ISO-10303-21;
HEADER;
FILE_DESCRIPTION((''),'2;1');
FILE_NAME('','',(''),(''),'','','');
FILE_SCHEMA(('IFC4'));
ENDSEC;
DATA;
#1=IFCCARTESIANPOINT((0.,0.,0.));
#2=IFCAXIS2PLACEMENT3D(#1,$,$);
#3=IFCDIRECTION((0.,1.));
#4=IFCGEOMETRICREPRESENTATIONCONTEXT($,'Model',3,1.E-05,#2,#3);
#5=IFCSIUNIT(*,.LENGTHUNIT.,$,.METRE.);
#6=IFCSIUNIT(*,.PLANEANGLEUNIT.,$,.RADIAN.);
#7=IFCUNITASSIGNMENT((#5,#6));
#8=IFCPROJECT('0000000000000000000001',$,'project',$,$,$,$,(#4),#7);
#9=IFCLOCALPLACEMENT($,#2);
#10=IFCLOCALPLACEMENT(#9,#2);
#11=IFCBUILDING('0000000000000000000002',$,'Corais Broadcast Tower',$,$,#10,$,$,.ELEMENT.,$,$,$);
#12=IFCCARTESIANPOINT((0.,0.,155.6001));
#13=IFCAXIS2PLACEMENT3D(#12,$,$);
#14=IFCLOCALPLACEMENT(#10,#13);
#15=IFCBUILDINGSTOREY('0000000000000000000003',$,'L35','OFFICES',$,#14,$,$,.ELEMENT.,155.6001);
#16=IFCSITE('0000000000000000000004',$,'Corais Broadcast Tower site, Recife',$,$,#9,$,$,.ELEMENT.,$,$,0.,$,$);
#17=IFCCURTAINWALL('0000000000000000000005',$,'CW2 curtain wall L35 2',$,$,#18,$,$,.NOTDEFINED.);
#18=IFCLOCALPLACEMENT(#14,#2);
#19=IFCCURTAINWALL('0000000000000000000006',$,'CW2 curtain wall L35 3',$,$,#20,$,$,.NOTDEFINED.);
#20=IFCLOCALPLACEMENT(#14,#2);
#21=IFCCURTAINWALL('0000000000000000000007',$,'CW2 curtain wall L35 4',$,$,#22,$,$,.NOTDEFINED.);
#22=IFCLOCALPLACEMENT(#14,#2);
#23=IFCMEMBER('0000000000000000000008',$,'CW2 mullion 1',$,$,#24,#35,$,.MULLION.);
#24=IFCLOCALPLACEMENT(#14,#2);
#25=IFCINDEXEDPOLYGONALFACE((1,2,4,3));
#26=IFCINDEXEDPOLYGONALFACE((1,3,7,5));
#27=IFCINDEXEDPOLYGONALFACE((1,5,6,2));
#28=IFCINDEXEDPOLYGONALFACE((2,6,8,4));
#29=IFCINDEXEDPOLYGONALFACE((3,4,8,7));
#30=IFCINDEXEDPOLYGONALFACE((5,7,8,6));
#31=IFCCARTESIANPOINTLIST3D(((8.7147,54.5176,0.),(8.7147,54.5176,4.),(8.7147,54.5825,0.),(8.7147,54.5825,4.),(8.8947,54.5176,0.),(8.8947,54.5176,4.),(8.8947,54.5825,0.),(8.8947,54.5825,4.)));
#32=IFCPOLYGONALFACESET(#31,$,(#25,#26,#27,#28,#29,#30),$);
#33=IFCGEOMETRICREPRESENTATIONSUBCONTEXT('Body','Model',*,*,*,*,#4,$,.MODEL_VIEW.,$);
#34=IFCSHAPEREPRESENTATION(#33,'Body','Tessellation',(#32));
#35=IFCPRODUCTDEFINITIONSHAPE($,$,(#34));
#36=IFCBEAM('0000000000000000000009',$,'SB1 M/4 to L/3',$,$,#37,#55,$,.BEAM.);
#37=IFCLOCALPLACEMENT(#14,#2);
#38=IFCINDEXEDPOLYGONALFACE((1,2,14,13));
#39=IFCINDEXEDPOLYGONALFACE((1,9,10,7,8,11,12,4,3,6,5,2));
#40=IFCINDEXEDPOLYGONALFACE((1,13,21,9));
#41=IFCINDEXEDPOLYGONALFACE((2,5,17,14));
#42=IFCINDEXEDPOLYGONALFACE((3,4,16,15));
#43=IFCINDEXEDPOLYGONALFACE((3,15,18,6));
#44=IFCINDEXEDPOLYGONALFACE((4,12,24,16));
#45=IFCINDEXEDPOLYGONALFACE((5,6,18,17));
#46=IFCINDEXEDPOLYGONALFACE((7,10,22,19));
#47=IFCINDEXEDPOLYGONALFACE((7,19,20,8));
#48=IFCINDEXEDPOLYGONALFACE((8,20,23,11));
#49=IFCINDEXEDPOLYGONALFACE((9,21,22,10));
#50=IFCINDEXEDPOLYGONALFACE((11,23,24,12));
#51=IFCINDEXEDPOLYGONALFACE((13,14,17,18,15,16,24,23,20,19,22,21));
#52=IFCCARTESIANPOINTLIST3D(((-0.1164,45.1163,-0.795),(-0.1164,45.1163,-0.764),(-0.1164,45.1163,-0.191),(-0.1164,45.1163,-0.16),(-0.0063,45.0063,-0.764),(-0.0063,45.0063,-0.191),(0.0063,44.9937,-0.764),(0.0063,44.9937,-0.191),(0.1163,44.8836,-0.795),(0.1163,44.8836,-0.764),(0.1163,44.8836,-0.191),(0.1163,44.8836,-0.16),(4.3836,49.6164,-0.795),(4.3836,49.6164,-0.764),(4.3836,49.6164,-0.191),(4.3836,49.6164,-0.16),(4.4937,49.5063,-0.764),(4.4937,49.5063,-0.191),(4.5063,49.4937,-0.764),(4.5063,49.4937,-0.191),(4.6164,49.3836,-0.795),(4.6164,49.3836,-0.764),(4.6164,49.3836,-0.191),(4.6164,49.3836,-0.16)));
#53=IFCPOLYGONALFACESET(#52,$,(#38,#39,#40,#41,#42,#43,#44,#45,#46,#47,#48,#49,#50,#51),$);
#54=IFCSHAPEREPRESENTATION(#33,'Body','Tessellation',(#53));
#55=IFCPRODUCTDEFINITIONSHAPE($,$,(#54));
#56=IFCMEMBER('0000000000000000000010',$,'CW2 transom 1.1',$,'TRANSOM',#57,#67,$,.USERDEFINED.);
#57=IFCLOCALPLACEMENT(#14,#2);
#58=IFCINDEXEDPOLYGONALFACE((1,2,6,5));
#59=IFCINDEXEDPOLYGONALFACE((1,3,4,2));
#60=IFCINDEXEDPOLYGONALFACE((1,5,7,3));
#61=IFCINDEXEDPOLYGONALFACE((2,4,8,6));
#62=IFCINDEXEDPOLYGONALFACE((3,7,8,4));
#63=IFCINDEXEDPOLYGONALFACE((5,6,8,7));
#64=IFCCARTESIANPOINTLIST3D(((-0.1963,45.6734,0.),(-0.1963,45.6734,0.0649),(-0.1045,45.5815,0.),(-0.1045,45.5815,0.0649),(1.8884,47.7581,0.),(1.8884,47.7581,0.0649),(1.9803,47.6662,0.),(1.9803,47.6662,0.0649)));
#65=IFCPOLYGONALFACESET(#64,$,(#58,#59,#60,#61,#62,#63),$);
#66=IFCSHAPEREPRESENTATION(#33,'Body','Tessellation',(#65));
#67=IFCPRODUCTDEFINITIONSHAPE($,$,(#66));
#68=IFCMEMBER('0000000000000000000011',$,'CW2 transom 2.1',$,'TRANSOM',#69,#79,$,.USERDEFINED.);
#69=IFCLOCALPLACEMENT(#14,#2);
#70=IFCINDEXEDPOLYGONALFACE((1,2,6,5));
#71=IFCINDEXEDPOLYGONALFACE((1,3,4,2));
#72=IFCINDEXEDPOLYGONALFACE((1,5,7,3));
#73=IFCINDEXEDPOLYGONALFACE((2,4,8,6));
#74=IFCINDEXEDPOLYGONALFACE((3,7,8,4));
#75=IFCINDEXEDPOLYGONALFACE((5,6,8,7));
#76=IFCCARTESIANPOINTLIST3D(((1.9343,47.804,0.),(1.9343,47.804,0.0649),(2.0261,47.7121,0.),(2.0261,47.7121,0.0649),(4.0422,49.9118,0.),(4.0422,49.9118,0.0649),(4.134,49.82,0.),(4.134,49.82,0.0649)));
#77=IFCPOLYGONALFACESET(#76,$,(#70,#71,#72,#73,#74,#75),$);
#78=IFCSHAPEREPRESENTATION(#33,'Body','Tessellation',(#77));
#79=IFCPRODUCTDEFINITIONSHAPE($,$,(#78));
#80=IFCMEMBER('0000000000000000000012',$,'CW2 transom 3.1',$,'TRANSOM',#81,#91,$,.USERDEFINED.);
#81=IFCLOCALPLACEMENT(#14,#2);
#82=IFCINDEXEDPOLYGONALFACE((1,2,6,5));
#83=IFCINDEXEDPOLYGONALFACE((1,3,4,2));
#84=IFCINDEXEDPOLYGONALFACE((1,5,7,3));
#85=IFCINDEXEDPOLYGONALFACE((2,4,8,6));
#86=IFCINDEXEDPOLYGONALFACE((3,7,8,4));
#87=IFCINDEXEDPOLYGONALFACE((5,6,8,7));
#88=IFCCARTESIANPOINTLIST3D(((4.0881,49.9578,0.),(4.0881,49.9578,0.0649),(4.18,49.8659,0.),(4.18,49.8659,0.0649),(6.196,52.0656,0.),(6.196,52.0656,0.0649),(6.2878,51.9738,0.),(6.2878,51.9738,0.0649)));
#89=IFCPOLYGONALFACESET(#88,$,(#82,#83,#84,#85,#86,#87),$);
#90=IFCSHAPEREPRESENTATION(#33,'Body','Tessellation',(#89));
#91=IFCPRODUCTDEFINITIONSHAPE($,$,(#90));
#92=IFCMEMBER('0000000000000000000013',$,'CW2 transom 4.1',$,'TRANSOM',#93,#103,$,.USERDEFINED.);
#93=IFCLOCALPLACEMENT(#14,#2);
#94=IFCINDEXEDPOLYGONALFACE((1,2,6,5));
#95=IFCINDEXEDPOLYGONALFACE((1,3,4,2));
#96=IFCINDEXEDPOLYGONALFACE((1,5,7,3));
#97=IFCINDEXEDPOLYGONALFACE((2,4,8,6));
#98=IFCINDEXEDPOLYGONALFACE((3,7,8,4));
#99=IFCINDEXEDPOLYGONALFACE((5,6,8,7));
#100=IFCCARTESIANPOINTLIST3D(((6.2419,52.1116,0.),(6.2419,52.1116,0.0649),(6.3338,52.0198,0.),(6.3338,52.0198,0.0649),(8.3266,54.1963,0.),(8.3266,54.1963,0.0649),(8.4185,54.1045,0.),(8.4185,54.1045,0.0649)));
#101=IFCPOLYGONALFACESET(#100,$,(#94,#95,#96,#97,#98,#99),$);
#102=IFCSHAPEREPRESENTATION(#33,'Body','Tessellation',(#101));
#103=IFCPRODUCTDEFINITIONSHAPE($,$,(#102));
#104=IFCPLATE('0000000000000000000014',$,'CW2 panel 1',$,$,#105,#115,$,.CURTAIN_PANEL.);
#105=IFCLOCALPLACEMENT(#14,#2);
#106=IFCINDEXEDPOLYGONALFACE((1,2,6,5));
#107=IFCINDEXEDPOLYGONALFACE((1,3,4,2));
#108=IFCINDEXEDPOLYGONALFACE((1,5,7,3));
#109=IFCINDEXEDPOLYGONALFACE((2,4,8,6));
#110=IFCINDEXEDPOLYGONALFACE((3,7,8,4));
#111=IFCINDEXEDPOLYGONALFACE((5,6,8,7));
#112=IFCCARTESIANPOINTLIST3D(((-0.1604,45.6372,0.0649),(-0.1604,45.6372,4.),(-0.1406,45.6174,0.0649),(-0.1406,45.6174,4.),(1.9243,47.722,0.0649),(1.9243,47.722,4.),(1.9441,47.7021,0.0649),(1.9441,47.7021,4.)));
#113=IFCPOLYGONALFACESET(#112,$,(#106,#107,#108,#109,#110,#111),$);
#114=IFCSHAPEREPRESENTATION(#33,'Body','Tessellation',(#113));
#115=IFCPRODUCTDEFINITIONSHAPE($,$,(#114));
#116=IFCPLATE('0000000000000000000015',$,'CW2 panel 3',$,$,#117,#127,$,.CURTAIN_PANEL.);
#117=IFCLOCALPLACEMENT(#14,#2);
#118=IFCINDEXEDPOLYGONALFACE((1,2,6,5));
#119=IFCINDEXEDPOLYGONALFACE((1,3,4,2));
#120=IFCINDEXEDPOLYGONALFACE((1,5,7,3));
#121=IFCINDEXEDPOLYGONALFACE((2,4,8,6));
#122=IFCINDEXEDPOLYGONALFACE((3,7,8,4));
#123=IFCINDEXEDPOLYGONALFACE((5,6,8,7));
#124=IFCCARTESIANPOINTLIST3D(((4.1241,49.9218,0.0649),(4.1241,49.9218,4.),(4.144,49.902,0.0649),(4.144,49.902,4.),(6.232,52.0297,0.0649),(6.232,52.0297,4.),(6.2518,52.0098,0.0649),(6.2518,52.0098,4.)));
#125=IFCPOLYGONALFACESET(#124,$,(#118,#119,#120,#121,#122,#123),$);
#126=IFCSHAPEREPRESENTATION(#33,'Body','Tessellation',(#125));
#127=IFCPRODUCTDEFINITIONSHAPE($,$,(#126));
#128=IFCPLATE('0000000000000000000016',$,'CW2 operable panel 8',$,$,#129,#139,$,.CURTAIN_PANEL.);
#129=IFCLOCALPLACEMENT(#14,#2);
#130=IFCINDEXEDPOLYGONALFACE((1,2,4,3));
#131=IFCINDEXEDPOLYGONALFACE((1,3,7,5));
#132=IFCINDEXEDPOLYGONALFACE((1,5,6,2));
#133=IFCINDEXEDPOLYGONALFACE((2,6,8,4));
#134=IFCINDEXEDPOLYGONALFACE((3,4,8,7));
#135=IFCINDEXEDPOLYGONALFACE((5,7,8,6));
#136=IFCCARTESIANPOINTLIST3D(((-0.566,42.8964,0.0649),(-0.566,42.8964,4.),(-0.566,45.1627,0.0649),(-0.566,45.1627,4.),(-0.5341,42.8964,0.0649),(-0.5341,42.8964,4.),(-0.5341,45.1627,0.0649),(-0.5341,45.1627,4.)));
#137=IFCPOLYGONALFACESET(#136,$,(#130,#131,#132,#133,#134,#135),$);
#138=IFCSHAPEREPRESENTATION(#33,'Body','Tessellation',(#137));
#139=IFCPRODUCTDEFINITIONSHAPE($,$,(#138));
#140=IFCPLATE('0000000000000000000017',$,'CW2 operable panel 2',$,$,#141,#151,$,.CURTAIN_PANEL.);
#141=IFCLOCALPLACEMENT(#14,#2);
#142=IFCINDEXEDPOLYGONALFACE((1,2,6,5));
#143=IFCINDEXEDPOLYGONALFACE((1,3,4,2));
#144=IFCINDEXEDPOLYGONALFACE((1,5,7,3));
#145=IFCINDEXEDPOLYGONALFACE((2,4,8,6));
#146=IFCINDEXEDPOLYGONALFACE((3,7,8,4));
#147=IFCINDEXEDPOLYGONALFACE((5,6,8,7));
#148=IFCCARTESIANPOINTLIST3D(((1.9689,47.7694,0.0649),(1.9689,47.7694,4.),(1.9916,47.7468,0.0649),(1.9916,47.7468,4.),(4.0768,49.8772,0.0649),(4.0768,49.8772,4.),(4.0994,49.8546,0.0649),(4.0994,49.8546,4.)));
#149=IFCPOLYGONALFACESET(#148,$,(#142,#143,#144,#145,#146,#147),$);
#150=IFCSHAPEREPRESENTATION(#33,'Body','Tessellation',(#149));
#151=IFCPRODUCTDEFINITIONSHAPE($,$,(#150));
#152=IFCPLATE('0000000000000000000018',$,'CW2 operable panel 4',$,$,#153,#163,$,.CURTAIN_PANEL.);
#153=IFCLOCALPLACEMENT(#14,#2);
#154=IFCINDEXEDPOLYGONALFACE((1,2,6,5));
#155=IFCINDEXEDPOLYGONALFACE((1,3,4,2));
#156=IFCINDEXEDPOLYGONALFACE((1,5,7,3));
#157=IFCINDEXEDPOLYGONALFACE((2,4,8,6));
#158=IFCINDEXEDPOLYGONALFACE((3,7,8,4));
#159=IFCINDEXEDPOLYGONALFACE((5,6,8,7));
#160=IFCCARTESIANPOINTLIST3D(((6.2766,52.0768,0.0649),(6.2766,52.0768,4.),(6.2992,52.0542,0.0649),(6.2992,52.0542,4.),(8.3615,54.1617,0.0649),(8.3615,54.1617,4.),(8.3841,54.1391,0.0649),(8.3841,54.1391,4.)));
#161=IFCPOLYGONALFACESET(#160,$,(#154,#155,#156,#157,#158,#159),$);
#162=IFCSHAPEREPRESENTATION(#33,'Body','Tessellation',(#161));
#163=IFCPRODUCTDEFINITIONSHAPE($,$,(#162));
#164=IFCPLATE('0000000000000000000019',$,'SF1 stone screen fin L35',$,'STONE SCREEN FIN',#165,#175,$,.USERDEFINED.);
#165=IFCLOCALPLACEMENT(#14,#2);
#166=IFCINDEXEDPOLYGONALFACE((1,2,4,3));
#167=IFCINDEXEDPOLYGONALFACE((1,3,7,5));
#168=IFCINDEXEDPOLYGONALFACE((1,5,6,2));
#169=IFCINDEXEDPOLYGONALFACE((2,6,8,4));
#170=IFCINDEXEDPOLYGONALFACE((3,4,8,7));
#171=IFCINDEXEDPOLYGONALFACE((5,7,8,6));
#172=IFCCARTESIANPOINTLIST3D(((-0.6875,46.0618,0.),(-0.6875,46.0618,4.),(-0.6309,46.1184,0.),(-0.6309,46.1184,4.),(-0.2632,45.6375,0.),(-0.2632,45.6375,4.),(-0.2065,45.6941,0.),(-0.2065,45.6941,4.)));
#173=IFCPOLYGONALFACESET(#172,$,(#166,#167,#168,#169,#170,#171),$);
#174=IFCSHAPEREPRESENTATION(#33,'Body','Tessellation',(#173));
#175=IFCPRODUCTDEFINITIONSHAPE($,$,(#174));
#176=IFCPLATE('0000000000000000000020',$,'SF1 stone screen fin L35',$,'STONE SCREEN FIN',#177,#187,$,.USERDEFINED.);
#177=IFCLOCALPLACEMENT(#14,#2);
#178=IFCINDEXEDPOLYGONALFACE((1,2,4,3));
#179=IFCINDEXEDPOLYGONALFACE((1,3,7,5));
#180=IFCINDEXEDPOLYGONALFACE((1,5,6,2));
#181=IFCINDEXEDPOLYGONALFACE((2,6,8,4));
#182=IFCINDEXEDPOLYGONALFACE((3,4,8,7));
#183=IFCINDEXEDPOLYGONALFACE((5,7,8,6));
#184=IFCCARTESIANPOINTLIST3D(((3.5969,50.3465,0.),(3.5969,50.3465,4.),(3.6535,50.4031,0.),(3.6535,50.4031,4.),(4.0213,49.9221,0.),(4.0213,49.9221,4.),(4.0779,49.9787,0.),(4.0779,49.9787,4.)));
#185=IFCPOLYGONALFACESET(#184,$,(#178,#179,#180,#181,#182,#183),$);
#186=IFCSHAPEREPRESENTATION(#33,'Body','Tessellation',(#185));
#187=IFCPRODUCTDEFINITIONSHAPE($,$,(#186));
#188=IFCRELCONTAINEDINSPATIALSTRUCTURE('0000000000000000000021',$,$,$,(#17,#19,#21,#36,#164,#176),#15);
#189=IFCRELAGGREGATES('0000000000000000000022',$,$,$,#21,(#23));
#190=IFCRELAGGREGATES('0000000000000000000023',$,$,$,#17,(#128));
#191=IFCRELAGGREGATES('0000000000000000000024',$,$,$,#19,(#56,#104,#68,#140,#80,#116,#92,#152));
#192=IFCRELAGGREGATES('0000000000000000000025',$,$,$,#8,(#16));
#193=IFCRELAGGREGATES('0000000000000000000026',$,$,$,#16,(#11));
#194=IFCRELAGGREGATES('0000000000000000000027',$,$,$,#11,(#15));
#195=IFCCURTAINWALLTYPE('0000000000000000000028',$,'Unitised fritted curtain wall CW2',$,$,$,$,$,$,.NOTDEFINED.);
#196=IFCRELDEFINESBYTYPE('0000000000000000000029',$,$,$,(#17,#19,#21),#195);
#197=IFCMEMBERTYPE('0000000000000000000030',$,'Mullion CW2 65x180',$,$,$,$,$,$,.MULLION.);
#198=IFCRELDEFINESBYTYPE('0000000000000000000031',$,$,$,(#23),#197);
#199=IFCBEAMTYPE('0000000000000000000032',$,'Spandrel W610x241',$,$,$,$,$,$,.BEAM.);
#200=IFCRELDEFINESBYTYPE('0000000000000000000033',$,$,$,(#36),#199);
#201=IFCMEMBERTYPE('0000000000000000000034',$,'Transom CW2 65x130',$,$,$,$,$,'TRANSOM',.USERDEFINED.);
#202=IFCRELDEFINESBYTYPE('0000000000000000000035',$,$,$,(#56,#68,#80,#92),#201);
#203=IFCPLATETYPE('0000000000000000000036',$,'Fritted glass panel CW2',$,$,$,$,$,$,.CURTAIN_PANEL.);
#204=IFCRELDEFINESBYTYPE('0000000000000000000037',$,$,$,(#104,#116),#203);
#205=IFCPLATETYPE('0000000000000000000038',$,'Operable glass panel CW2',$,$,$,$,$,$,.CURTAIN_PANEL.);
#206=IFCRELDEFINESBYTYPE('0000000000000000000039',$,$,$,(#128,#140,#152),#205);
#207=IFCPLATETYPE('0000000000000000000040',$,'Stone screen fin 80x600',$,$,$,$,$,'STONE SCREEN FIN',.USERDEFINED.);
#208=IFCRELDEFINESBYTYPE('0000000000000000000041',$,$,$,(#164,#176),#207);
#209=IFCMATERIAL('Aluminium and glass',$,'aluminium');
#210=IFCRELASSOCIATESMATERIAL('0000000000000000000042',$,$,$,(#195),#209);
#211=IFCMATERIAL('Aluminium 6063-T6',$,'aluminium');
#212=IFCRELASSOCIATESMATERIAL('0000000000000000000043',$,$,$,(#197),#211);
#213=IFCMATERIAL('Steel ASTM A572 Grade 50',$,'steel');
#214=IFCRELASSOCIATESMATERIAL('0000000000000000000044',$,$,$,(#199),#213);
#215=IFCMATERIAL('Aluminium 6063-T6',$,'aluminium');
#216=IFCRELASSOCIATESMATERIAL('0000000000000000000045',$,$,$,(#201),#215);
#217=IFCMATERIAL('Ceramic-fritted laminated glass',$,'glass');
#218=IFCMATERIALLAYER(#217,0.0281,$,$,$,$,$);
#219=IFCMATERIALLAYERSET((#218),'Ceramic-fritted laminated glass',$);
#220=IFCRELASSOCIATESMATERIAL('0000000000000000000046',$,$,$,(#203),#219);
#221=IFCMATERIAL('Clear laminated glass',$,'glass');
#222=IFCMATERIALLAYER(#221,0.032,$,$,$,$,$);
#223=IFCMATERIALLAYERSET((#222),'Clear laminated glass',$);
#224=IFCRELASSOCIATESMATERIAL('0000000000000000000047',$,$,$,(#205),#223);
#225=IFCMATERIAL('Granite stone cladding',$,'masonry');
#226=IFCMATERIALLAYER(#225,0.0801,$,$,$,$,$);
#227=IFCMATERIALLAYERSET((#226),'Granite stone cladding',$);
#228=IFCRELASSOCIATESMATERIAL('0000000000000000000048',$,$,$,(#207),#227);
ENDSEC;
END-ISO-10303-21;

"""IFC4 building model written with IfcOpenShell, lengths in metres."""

from ifc_helpers import new_model, si_unit, direction, frame, origin, origin_2d, place, context, subcontext, project, spatial, rectangle, i_section, extrude, material, layer, layer_set, material_profile, profile_set, type_object, element, aggregate, save


model = new_model("IFC4")

# Units and contexts
model_context = context("Model", 3, precision=1e-05, world=origin(), true_north=direction((0.0, 1.0)))
body_context = subcontext(model_context, "Body", "Model", "MODEL_VIEW")
ifc_project = project(units=[si_unit("LENGTHUNIT", "METRE"), si_unit("PLANEANGLEUNIT", "RADIAN")], contexts=[model_context])

# Site, building, storey
site_placement = place(None, origin())
site = spatial("IfcSite", under=ifc_project, at=site_placement, Name="Corais Broadcast Tower site, Recife", CompositionType="ELEMENT", RefElevation=0.0)
building_placement = place(site_placement, origin())
building = spatial("IfcBuilding", under=site, at=building_placement, Name="Corais Broadcast Tower", CompositionType="ELEMENT")
storey_placement = place(building_placement, frame((0.0, 0.0, 155.6001)))
storey = spatial("IfcBuildingStorey", under=building, at=storey_placement, Name="L35", Description="OFFICES", CompositionType="ELEMENT", Elevation=155.6001)

# Curtain wall
ifc_material_1 = material(Name="Aluminium and glass", Category="aluminium")
curtain_wall_type = type_object("IfcCurtainWallType", Name="Unitised fritted curtain wall CW2", PredefinedType="NOTDEFINED", material=ifc_material_1)
curtain_wall_1_placement = place(storey_placement, origin())
curtain_wall_1 = element("IfcCurtainWall", 1, at=curtain_wall_1_placement, inside=storey, type_object=curtain_wall_type, Name="CW2 curtain wall L35 2", PredefinedType="NOTDEFINED")
ifc_material_2 = material(Name="Aluminium 6063-T6", Category="aluminium")
ifc_material_profile_1 = material_profile(ifc_material_2, rectangle(XDim=0.0649, YDim=0.1799, at=origin_2d()), Name="Mullion CW2 65x180")
ifc_profile_set_1 = profile_set([ifc_material_profile_1], Name="Aluminium 6063-T6")
member_type_1 = type_object("IfcMemberType", Name="Mullion CW2 65x180", PredefinedType="MULLION", material=ifc_profile_set_1)

# Curtain wall
curtain_wall_2_placement = place(storey_placement, origin())
curtain_wall_2 = element("IfcCurtainWall", 2, at=curtain_wall_2_placement, inside=storey, type_object=curtain_wall_type, Name="CW2 curtain wall L35 3", PredefinedType="NOTDEFINED")

# Curtain wall, member
curtain_wall_3_placement = place(storey_placement, origin())
curtain_wall_3 = element("IfcCurtainWall", 3, at=curtain_wall_3_placement, inside=storey, type_object=curtain_wall_type, Name="CW2 curtain wall L35 4", PredefinedType="NOTDEFINED")
member_1_placement = place(storey_placement, frame((8.8047, 54.55, 0.0), z_axis=(0.0, 0.0, 1.0), x_axis=(0.0, 1.0, 0.0)))
member_1 = element("IfcMember", 4, at=member_1_placement, type_object=member_type_1, Name="CW2 mullion 1", PredefinedType="MULLION", context=body_context, shape_type="SweptSolid", body=[
    extrude(rectangle(XDim=0.0649, YDim=0.1799, at=origin_2d()), origin(), (0.0, 0.0, 1.0), 4.0),
])
aggregate(curtain_wall_3, [member_1])

# Beam
ifc_material_3 = material(Name="Steel ASTM A572 Grade 50", Category="steel")
ifc_material_profile_2 = material_profile(ifc_material_3, i_section(OverallWidth=0.3291, OverallDepth=0.635, WebThickness=0.0178, FlangeThickness=0.031, at=origin_2d()), Name="W610x241")
ifc_profile_set_2 = profile_set([ifc_material_profile_2], Name="Steel ASTM A572 Grade 50")
beam_type_1 = type_object("IfcBeamType", Name="Spandrel W610x241", PredefinedType="BEAM", material=ifc_profile_set_2)
beam_1_placement = place(storey_placement, frame((4.5, 49.5, -0.4775), z_axis=(-0.707107, -0.707107, 0.0), x_axis=(0.707107, -0.707107, 0.0)))
element("IfcBeam", 5, at=beam_1_placement, inside=storey, type_object=beam_type_1, Name="SB1 M/4 to L/3", PredefinedType="BEAM", context=body_context, shape_type="SweptSolid", body=[
    extrude(i_section(OverallWidth=0.3291, OverallDepth=0.635, WebThickness=0.0178, FlangeThickness=0.031, at=origin_2d()), origin(), (0.0, 0.0, 1.0), 6.364),
])

# Members
ifc_material_4 = material(Name="Aluminium 6063-T6", Category="aluminium")
ifc_material_profile_3 = material_profile(ifc_material_4, rectangle(XDim=0.1299, YDim=0.0649, at=origin_2d()), Name="Transom CW2 65x130")
ifc_profile_set_3 = profile_set([ifc_material_profile_3], Name="Aluminium 6063-T6")
member_type_2 = type_object("IfcMemberType", Name="Transom CW2 65x130", ElementType="TRANSOM", PredefinedType="USERDEFINED", material=ifc_profile_set_3)
member_2_placement = place(storey_placement, frame((-0.1504, 45.6274, 0.0325), z_axis=(0.707107, 0.707107, 0.0), x_axis=(-0.707107, 0.707107, 0.0)))
member_2 = element("IfcMember", 6, at=member_2_placement, type_object=member_type_2, Name="CW2 transom 1.1", ObjectType="TRANSOM", PredefinedType="USERDEFINED", context=body_context, shape_type="SweptSolid", body=[
    extrude(rectangle(XDim=0.1299, YDim=0.0649, at=origin_2d()), origin(), (0.0, 0.0, 1.0), 2.9482),
])
member_3_placement = place(storey_placement, frame((1.9802, 47.7581, 0.0325), z_axis=(0.707107, 0.707107, 0.0), x_axis=(-0.707107, 0.707107, 0.0)))
member_3 = element("IfcMember", 7, at=member_3_placement, type_object=member_type_2, Name="CW2 transom 2.1", ObjectType="TRANSOM", PredefinedType="USERDEFINED", context=body_context, shape_type="SweptSolid", body=[
    extrude(rectangle(XDim=0.1299, YDim=0.0649, at=origin_2d()), origin(), (0.0, 0.0, 1.0), 2.981),
])
member_4_placement = place(storey_placement, frame((4.134, 49.9119, 0.0325), z_axis=(0.707107, 0.707107, 0.0), x_axis=(-0.707107, 0.707107, 0.0)))
member_4 = element("IfcMember", 8, at=member_4_placement, type_object=member_type_2, Name="CW2 transom 3.1", ObjectType="TRANSOM", PredefinedType="USERDEFINED", context=body_context, shape_type="SweptSolid", body=[
    extrude(rectangle(XDim=0.1299, YDim=0.0649, at=origin_2d()), origin(), (0.0, 0.0, 1.0), 2.981),
])
member_5_placement = place(storey_placement, frame((6.2878, 52.0657, 0.0325), z_axis=(0.707107, 0.707107, 0.0), x_axis=(-0.707107, 0.707107, 0.0)))
member_5 = element("IfcMember", 9, at=member_5_placement, type_object=member_type_2, Name="CW2 transom 4.1", ObjectType="TRANSOM", PredefinedType="USERDEFINED", context=body_context, shape_type="SweptSolid", body=[
    extrude(rectangle(XDim=0.1299, YDim=0.0649, at=origin_2d()), origin(), (0.0, 0.0, 1.0), 2.9482),
])

# Plates
ifc_material_5 = material(Name="Ceramic-fritted laminated glass", Category="glass")
ifc_layer_1 = layer(ifc_material_5, 0.0281)
ifc_layer_set_1 = layer_set([ifc_layer_1], Name="Ceramic-fritted laminated glass")
plate_type_1 = type_object("IfcPlateType", Name="Fritted glass panel CW2", PredefinedType="CURTAIN_PANEL", material=ifc_layer_set_1)
plate_1_placement = place(storey_placement, frame((0.8918, 46.6697, 0.0649), z_axis=(0.0, 0.0, 1.0), x_axis=(0.707107, 0.707107, 0.0)))
plate_1 = element("IfcPlate", 10, at=plate_1_placement, type_object=plate_type_1, Name="CW2 panel 1", PredefinedType="CURTAIN_PANEL", context=body_context, shape_type="SweptSolid", body=[
    extrude(rectangle(XDim=2.9482, YDim=0.0281, at=origin_2d()), origin(), (0.0, 0.0, 1.0), 3.9351),
])
plate_2_placement = place(storey_placement, frame((5.188, 50.9658, 0.0649), z_axis=(0.0, 0.0, 1.0), x_axis=(0.707107, 0.707107, 0.0)))
plate_2 = element("IfcPlate", 11, at=plate_2_placement, type_object=plate_type_1, Name="CW2 panel 3", PredefinedType="CURTAIN_PANEL", context=body_context, shape_type="SweptSolid", body=[
    extrude(rectangle(XDim=2.981, YDim=0.0281, at=origin_2d()), origin(), (0.0, 0.0, 1.0), 3.9351),
])
ifc_material_6 = material(Name="Clear laminated glass", Category="glass")
ifc_layer_2 = layer(ifc_material_6, 0.032)
ifc_layer_set_2 = layer_set([ifc_layer_2], Name="Clear laminated glass")
plate_type_2 = type_object("IfcPlateType", Name="Operable glass panel CW2", PredefinedType="CURTAIN_PANEL", material=ifc_layer_set_2)
plate_3_placement = place(storey_placement, frame((-0.55, 44.0295, 0.0649), z_axis=(0.0, 0.0, 1.0), x_axis=(0.0, 1.0, 0.0)))
plate_3 = element("IfcPlate", 12, at=plate_3_placement, type_object=plate_type_2, Name="CW2 operable panel 8", PredefinedType="CURTAIN_PANEL", context=body_context, shape_type="SweptSolid", body=[
    extrude(rectangle(XDim=2.2664, YDim=0.032, at=origin_2d()), origin(), (0.0, 0.0, 1.0), 3.9351),
])
aggregate(curtain_wall_1, [plate_3])
plate_4_placement = place(storey_placement, frame((3.0342, 48.812, 0.0649), z_axis=(0.0, 0.0, 1.0), x_axis=(0.707107, 0.707107, 0.0)))
plate_4 = element("IfcPlate", 13, at=plate_4_placement, type_object=plate_type_2, Name="CW2 operable panel 2", PredefinedType="CURTAIN_PANEL", context=body_context, shape_type="SweptSolid", body=[
    extrude(rectangle(XDim=2.981, YDim=0.032, at=origin_2d()), origin(), (0.0, 0.0, 1.0), 3.9351),
])
plate_5_placement = place(storey_placement, frame((7.3303, 53.1079, 0.0649), z_axis=(0.0, 0.0, 1.0), x_axis=(0.707107, 0.707107, 0.0)))
plate_5 = element("IfcPlate", 14, at=plate_5_placement, type_object=plate_type_2, Name="CW2 operable panel 4", PredefinedType="CURTAIN_PANEL", context=body_context, shape_type="SweptSolid", body=[
    extrude(rectangle(XDim=2.9485, YDim=0.032, at=origin_2d()), origin(), (0.0, 0.0, 1.0), 3.9351),
])
aggregate(curtain_wall_2, [member_2, plate_1, member_3, plate_4, member_4, plate_2, member_5, plate_5])

# Plates
ifc_material_7 = material(Name="Granite stone cladding", Category="masonry")
ifc_layer_3 = layer(ifc_material_7, 0.0801)
ifc_layer_set_3 = layer_set([ifc_layer_3], Name="Granite stone cladding")
plate_type_3 = type_object("IfcPlateType", Name="Stone screen fin 80x600", ElementType="STONE SCREEN FIN", PredefinedType="USERDEFINED", material=ifc_layer_set_3)
for number, where, z_axis, x_axis, name in (
    (15, (-0.447, 45.8779, 0.0), (0.0, 0.0, 1.0), (0.707107, 0.707107, 0.0), "SF1 stone screen fin L35"),
    (16, (3.8374, 50.1626, 0.0), (0.0, 0.0, 1.0), (0.707107, 0.707107, 0.0), "SF1 stone screen fin L35"),
):
    element("IfcPlate", number, at=place(storey_placement, frame(where, z_axis=z_axis, x_axis=x_axis)), inside=storey, type_object=plate_type_3, Name=name, ObjectType="STONE SCREEN FIN", PredefinedType="USERDEFINED", context=body_context, shape_type="SweptSolid", body=[
        extrude(rectangle(XDim=0.0801, YDim=0.6001, at=origin_2d()), origin(), (0.0, 0.0, 1.0), 4.0),
    ])

save(model, "model.ifc")
